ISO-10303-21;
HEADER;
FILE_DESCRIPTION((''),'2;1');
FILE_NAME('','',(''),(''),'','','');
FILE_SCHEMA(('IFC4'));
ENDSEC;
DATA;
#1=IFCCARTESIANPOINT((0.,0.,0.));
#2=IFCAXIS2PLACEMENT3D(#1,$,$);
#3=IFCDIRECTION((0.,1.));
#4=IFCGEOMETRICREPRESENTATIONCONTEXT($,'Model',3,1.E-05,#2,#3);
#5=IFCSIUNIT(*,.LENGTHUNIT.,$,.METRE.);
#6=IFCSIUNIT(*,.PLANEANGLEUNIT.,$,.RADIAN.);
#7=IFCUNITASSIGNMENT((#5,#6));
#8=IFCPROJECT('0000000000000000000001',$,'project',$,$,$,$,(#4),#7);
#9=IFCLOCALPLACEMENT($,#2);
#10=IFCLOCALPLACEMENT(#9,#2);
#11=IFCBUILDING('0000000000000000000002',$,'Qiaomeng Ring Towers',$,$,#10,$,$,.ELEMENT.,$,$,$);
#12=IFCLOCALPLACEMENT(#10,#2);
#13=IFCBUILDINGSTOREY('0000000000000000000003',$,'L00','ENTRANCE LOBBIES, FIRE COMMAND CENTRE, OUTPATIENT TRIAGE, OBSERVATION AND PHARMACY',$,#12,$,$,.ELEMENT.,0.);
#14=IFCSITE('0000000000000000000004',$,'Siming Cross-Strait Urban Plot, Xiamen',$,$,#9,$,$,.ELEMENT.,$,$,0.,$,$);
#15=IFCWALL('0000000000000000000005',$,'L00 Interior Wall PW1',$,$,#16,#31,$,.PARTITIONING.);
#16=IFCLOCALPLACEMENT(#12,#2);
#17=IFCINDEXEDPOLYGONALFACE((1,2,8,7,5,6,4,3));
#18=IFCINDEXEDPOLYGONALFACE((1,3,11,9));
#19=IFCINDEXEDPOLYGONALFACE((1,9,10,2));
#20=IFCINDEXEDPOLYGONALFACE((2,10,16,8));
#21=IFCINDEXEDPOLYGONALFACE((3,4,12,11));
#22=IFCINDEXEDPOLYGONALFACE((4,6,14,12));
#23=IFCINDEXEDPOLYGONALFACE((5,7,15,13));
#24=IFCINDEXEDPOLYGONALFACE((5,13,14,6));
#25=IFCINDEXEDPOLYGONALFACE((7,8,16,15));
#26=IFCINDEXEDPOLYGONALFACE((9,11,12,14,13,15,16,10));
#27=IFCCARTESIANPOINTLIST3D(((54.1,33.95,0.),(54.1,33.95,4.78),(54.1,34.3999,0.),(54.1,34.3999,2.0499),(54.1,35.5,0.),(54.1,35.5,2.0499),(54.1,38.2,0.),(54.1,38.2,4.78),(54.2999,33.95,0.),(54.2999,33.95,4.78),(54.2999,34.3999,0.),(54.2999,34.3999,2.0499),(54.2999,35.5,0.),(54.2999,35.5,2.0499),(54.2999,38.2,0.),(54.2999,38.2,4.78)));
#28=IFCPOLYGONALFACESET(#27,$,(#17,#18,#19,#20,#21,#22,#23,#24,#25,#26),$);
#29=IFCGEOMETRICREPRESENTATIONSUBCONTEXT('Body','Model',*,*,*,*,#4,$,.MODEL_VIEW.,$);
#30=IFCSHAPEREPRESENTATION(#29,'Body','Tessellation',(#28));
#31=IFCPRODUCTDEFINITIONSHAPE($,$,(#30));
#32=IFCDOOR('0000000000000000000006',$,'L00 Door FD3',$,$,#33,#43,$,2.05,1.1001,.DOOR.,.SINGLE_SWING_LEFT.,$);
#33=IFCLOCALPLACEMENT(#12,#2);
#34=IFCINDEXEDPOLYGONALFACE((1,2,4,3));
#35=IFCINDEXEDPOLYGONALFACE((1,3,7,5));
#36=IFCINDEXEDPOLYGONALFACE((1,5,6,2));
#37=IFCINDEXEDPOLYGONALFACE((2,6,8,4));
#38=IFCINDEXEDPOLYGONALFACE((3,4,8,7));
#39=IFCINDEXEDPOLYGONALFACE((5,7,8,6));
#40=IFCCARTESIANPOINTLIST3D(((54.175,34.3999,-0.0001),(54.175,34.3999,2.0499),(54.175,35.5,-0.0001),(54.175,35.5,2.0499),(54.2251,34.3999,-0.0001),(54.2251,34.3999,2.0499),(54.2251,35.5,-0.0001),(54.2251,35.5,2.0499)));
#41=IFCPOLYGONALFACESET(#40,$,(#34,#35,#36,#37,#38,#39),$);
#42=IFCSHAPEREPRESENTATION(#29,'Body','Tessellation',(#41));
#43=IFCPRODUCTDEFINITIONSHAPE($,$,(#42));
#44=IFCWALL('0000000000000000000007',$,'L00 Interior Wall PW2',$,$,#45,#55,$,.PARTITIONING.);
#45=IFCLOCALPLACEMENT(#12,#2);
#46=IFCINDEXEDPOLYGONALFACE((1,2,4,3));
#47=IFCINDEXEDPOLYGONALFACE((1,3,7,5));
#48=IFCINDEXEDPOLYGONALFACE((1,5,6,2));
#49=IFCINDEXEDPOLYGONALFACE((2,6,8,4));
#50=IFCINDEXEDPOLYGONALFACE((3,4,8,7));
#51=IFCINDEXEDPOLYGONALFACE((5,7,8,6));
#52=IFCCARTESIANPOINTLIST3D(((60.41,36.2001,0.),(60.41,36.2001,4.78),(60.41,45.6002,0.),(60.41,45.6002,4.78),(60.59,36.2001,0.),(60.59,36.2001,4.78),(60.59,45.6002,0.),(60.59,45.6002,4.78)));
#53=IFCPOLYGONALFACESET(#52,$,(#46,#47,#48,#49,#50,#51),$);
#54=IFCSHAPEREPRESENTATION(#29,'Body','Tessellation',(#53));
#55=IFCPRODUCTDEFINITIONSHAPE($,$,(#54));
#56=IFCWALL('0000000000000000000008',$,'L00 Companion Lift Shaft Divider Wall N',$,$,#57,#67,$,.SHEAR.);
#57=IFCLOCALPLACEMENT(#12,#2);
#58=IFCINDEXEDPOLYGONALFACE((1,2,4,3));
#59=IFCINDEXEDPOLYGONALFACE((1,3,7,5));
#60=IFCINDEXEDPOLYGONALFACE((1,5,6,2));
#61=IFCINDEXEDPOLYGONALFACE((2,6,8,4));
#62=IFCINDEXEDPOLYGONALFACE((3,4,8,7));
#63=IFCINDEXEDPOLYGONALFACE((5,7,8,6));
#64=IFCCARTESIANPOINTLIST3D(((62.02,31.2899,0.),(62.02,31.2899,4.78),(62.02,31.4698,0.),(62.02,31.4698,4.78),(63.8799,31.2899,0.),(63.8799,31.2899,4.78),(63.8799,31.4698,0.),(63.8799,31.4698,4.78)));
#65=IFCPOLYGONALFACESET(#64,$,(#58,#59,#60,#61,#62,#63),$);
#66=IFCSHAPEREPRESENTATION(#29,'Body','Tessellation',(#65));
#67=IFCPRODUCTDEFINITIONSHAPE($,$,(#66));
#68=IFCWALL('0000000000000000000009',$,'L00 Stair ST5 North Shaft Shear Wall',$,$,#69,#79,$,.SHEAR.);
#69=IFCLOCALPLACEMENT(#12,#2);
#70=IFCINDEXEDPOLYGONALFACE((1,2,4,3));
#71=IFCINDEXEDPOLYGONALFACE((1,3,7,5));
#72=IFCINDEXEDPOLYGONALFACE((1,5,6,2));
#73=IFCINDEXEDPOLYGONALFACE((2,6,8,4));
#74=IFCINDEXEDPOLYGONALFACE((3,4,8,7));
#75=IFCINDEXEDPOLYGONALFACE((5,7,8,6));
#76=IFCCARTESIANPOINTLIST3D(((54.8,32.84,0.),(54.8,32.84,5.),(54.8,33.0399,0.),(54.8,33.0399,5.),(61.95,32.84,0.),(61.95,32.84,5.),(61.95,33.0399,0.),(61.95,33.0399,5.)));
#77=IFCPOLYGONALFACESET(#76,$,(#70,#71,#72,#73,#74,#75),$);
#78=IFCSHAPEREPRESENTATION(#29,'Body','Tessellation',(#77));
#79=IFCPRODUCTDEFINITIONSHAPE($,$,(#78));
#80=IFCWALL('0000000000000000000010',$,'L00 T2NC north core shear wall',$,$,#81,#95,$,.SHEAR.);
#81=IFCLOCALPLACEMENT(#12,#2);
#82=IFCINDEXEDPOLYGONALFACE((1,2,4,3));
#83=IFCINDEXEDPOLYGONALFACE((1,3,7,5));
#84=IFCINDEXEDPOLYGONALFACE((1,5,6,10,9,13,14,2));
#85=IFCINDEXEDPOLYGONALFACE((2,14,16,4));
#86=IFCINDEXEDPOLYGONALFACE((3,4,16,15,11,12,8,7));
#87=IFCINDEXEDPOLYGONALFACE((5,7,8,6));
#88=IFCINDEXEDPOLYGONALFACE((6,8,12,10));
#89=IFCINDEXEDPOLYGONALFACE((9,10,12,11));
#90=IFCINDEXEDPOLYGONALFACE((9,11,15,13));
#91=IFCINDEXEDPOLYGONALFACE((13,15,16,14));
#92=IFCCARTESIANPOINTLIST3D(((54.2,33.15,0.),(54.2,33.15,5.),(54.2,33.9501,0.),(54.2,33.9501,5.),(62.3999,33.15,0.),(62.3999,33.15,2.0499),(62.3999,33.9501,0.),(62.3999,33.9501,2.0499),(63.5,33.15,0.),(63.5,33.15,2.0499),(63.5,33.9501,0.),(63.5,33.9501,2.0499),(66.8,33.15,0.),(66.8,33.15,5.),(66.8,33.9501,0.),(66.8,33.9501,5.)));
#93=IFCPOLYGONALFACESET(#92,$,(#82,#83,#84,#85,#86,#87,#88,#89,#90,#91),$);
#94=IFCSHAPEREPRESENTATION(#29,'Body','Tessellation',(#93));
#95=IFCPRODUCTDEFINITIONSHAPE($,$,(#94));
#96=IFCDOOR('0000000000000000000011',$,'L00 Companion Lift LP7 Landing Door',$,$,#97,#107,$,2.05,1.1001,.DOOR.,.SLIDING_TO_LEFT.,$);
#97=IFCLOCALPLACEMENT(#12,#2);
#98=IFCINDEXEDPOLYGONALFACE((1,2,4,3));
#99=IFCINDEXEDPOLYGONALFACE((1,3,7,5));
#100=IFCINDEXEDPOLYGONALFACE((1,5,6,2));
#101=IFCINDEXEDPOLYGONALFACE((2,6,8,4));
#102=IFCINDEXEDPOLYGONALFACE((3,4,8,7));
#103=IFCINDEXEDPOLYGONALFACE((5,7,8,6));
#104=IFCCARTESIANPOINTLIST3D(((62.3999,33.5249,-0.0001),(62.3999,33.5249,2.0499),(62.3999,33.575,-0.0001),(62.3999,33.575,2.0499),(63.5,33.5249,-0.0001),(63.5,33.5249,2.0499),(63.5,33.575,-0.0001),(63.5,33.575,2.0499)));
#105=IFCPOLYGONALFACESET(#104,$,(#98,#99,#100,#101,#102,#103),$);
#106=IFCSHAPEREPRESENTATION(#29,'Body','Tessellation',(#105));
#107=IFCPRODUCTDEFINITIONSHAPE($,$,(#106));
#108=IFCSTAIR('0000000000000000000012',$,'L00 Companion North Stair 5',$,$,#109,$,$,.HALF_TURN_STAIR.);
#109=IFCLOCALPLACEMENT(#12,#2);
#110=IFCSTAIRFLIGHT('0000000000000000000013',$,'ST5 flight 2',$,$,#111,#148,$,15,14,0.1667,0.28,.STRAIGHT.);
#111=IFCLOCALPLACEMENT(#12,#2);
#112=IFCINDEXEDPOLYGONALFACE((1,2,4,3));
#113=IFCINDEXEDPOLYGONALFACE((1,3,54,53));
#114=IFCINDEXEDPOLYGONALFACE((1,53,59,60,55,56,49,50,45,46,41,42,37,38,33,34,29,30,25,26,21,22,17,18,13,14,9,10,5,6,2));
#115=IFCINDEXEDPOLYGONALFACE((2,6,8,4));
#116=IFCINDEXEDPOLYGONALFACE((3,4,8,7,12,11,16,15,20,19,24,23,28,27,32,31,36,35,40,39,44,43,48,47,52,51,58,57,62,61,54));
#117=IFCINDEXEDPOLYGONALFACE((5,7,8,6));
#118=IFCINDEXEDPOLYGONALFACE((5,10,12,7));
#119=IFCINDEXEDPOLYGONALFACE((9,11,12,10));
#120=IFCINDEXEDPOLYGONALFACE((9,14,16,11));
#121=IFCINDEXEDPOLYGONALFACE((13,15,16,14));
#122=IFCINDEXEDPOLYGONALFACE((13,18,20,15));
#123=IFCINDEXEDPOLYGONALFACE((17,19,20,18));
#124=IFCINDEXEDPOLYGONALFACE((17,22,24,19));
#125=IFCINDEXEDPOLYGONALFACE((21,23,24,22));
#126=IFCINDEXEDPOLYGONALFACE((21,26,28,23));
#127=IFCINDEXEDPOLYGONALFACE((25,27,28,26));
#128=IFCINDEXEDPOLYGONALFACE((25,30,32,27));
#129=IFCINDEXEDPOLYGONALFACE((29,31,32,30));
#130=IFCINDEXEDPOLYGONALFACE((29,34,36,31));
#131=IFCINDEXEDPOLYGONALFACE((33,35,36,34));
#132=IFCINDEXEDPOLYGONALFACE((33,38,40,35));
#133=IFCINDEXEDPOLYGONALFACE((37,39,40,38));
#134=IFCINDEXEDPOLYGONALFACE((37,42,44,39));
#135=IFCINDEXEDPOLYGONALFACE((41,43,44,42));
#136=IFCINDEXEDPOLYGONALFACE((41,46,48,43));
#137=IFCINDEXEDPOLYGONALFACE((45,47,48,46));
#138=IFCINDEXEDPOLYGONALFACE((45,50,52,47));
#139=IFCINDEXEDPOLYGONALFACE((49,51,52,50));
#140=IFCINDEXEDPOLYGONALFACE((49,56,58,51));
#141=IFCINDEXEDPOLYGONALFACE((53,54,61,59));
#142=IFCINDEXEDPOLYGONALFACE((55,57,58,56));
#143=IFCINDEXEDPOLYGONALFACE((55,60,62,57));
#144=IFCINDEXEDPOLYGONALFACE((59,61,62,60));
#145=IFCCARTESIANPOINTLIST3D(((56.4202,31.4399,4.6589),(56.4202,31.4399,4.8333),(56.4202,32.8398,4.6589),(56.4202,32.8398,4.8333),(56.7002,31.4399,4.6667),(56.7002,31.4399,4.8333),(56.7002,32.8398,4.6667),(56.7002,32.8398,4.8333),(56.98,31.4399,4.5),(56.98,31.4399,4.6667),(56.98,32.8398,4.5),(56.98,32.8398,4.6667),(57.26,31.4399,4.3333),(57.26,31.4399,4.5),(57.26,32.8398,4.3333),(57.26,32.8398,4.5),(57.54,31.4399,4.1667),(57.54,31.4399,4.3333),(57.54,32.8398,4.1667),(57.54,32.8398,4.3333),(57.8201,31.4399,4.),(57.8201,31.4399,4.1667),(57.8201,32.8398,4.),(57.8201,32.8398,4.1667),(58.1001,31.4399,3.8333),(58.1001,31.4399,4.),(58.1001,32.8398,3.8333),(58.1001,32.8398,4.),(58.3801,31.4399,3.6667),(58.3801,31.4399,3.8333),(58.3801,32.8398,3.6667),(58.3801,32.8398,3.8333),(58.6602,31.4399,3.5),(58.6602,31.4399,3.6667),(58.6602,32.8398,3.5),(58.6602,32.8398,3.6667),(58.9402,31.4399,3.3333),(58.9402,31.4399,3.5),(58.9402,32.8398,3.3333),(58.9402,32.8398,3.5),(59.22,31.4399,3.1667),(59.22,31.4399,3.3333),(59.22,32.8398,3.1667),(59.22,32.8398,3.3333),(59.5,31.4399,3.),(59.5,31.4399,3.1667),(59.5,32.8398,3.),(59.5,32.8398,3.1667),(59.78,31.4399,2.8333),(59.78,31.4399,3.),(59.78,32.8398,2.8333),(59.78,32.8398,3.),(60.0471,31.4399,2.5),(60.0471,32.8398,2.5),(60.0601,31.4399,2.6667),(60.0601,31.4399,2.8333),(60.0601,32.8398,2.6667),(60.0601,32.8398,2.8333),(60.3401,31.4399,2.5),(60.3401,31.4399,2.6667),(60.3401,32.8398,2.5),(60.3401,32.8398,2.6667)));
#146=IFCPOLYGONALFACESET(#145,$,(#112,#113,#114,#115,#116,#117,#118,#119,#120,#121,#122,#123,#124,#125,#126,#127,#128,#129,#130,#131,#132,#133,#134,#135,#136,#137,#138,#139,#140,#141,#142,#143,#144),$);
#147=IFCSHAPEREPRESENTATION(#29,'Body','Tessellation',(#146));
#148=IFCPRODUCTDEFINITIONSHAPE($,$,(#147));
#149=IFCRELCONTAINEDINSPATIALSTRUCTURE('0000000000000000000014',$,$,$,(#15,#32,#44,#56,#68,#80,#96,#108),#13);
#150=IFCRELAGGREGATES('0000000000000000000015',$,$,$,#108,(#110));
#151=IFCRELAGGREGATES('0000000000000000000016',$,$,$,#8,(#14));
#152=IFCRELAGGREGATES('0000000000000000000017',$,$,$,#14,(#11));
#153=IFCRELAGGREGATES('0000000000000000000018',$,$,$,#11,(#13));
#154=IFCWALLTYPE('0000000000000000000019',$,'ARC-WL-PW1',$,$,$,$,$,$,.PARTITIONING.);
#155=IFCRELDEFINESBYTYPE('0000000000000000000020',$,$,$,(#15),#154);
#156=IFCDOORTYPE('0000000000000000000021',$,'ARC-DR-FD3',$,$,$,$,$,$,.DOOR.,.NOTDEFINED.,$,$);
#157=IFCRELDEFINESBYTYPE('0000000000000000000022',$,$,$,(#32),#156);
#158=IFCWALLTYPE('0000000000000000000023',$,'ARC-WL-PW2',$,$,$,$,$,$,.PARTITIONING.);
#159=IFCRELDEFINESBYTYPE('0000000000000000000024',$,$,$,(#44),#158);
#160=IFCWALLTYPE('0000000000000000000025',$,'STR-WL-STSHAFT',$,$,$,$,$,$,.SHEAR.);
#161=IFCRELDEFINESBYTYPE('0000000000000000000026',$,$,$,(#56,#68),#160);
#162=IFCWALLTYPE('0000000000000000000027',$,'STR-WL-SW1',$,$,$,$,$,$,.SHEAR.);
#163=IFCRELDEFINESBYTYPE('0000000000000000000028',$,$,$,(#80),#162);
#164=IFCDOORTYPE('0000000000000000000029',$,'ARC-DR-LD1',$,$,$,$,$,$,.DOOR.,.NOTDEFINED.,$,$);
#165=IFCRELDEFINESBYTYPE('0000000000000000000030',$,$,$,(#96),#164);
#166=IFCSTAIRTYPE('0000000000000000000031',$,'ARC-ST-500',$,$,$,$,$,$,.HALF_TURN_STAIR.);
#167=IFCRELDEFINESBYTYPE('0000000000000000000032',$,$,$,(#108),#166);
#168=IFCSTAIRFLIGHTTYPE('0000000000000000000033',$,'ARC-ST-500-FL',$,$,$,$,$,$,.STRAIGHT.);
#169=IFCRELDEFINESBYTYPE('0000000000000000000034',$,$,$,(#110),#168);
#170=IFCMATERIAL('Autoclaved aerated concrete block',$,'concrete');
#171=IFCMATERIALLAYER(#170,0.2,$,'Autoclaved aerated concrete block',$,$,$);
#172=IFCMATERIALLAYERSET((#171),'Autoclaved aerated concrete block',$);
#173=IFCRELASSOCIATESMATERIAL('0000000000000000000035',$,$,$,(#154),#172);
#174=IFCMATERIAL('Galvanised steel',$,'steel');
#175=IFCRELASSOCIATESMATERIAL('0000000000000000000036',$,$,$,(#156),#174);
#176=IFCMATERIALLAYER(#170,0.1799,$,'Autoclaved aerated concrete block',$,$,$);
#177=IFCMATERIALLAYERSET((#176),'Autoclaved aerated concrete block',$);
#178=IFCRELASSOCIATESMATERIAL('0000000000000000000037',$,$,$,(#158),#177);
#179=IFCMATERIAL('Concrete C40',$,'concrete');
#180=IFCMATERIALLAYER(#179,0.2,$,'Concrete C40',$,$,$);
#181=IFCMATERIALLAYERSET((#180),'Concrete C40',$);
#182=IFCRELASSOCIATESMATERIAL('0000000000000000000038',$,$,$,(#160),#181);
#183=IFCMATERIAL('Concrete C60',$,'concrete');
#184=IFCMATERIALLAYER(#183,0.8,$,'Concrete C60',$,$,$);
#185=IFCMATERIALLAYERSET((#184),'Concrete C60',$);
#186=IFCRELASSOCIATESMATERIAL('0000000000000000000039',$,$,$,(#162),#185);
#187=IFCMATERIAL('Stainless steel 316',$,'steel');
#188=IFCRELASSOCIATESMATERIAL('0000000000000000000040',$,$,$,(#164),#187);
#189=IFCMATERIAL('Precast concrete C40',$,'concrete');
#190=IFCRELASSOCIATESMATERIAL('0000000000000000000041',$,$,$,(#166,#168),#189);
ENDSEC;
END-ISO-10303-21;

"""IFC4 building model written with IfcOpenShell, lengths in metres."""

from ifc_helpers import new_model, si_unit, direction, frame, frame_2d, origin, place, context, subcontext, project, spatial, polyline, rectangle, outline, extrude, source, transform, mapped, material, layer, layer_set, type_object, element, fill, aggregate, save


model = new_model("IFC4")

# Units and contexts
model_context = context("Model", 3, precision=1e-05, world=origin(), true_north=direction((0.0, 1.0)))
body_context = subcontext(model_context, "Body", "Model", "MODEL_VIEW")
ifc_project = project(units=[si_unit("LENGTHUNIT", "METRE"), si_unit("PLANEANGLEUNIT", "RADIAN")], contexts=[model_context])

# Site, building, storey
site_placement = place(None, origin())
site = spatial("IfcSite", under=ifc_project, at=site_placement, Name="Siming Cross-Strait Urban Plot, Xiamen", CompositionType="ELEMENT", RefElevation=0.0)
building_placement = place(site_placement, origin())
building = spatial("IfcBuilding", under=site, at=building_placement, Name="Qiaomeng Ring Towers", CompositionType="ELEMENT")
storey_placement = place(building_placement, origin())
storey = spatial("IfcBuildingStorey", under=building, at=storey_placement, Name="L00", Description="ENTRANCE LOBBIES, FIRE COMMAND CENTRE, OUTPATIENT TRIAGE, OBSERVATION AND PHARMACY", CompositionType="ELEMENT", Elevation=0.0)

# Shared definitions
ifc_material_1 = material(Name="Concrete C60", Category="concrete")

# Shared definitions
ifc_material_2 = material(Name="Precast concrete C40", Category="concrete")

# Wall, opening, door
ifc_material_3 = material(Name="Autoclaved aerated concrete block", Category="concrete")
ifc_layer_1 = layer(ifc_material_3, 0.2, Name="Autoclaved aerated concrete block")
ifc_layer_set_1 = layer_set([ifc_layer_1], Name="Autoclaved aerated concrete block")
wall_type_1 = type_object("IfcWallType", Name="ARC-WL-PW1", PredefinedType="PARTITIONING", material=ifc_layer_set_1)
wall_1_placement = place(storey_placement, frame((54.2, 33.95, 0.0), z_axis=(0.0, 0.0, 1.0), x_axis=(0.0, 1.0, 0.0)))
wall_1 = element("IfcWall", 1, at=wall_1_placement, inside=storey, type_object=wall_type_1, Name="L00 Interior Wall PW1", PredefinedType="PARTITIONING", context=body_context, shape_type="SweptSolid", body=[
    extrude(rectangle(XDim=4.25, YDim=0.2, at=frame_2d((2.125, 0.0))), origin(), (0.0, 0.0, 1.0), 4.78),
])
opening_1_placement = place(wall_1_placement, frame((0.45, 0.0, 0.0)))
opening_1 = element("IfcOpeningElement", 2, at=opening_1_placement, cuts=wall_1, PredefinedType="OPENING", context=body_context, shape_type="SweptSolid", body=[
    extrude(rectangle(XDim=1.1001, YDim=2.05, at=frame_2d((0.55, 1.0249))), frame((0.0, 0.1099, 0.0), z_axis=(0.0, -1.0, 0.0), x_axis=(1.0, 0.0, 0.0)), (0.0, 0.0, 1.0), 0.22),
])
ifc_material_4 = material(Name="Galvanised steel", Category="steel")
door_type_1 = type_object("IfcDoorType", Name="ARC-DR-FD3", OperationType="NOTDEFINED", PredefinedType="DOOR", material=ifc_material_4)
shared_shape_1 = source(origin(), body_context, "Body", "SweptSolid", [
    extrude(rectangle(XDim=1.1001, YDim=2.05, at=frame_2d((0.55, 1.0249))), frame((0.0, 0.0249, 0.0), z_axis=(0.0, -1.0, 0.0), x_axis=(1.0, 0.0, 0.0)), (0.0, 0.0, 1.0), 0.05),
])
door_1_placement = place(opening_1_placement, origin())
door_1 = element("IfcDoor", 3, at=door_1_placement, inside=storey, type_object=door_type_1, Name="L00 Door FD3", OperationType="SINGLE_SWING_LEFT", OverallHeight=2.05, OverallWidth=1.1001, PredefinedType="DOOR", context=body_context, shape_type="MappedRepresentation", body=[
    mapped(shared_shape_1, transform((0.0, 0.0, 0.0), x_axis=(1.0, 0.0, 0.0), y_axis=(0.0, 1.0, 0.0), z_axis=(0.0, 0.0, 1.0), scale=1.0)),
])
fill(opening_1, door_1)

# Walls
ifc_layer_2 = layer(ifc_material_3, 0.1799, Name="Autoclaved aerated concrete block")
ifc_layer_set_2 = layer_set([ifc_layer_2], Name="Autoclaved aerated concrete block")
wall_type_2 = type_object("IfcWallType", Name="ARC-WL-PW2", PredefinedType="PARTITIONING", material=ifc_layer_set_2)
wall_2_placement = place(storey_placement, frame((60.5, 36.2, 0.0), z_axis=(0.0, 0.0, 1.0), x_axis=(0.0, 1.0, 0.0)))
element("IfcWall", 4, at=wall_2_placement, inside=storey, type_object=wall_type_2, Name="L00 Interior Wall PW2", PredefinedType="PARTITIONING", context=body_context, shape_type="SweptSolid", body=[
    extrude(rectangle(XDim=9.4001, YDim=0.1799, at=frame_2d((4.7002, 0.0))), origin(), (0.0, 0.0, 1.0), 4.78),
])
ifc_material_5 = material(Name="Concrete C40", Category="concrete")
ifc_layer_3 = layer(ifc_material_5, 0.2, Name="Concrete C40")
ifc_layer_set_3 = layer_set([ifc_layer_3], Name="Concrete C40")
wall_type_3 = type_object("IfcWallType", Name="STR-WL-STSHAFT", PredefinedType="SHEAR", material=ifc_layer_set_3)
wall_3_placement = place(storey_placement, frame((62.02, 31.3799, 0.0), z_axis=(0.0, 0.0, 1.0), x_axis=(1.0, 0.0, 0.0)))
element("IfcWall", 5, at=wall_3_placement, inside=storey, type_object=wall_type_3, Name="L00 Companion Lift Shaft Divider Wall N", PredefinedType="SHEAR", context=body_context, shape_type="SweptSolid", body=[
    extrude(rectangle(XDim=1.8599, YDim=0.1799, at=frame_2d((0.9299, 0.0))), origin(), (0.0, 0.0, 1.0), 4.78),
])
wall_4_placement = place(storey_placement, frame((54.8, 32.9399, 0.0), z_axis=(0.0, 0.0, 1.0), x_axis=(1.0, 0.0, 0.0)))
element("IfcWall", 6, at=wall_4_placement, inside=storey, type_object=wall_type_3, Name="L00 Stair ST5 North Shaft Shear Wall", PredefinedType="SHEAR", context=body_context, shape_type="SweptSolid", body=[
    extrude(rectangle(XDim=7.1499, YDim=0.2, at=frame_2d((3.575, 0.0))), origin(), (0.0, 0.0, 1.0), 5.0),
])

# Wall, opening, door
ifc_layer_4 = layer(ifc_material_1, 0.8, Name="Concrete C60")
ifc_layer_set_4 = layer_set([ifc_layer_4], Name="Concrete C60")
wall_type_4 = type_object("IfcWallType", Name="STR-WL-SW1", PredefinedType="SHEAR", material=ifc_layer_set_4)
wall_5_placement = place(storey_placement, frame((54.2, 33.55, 0.0), z_axis=(0.0, 0.0, 1.0), x_axis=(1.0, 0.0, 0.0)))
wall_5 = element("IfcWall", 7, at=wall_5_placement, inside=storey, type_object=wall_type_4, Name="L00 T2NC north core shear wall", PredefinedType="SHEAR", context=body_context, shape_type="SweptSolid", body=[
    extrude(rectangle(XDim=12.6001, YDim=0.8, at=frame_2d((6.3, 0.0))), origin(), (0.0, 0.0, 1.0), 5.0),
])
opening_2_placement = place(wall_5_placement, frame((8.2, 0.0, 0.0)))
opening_2 = element("IfcOpeningElement", 8, at=opening_2_placement, cuts=wall_5, PredefinedType="OPENING", context=body_context, shape_type="SweptSolid", body=[
    extrude(rectangle(XDim=1.1001, YDim=2.05, at=frame_2d((0.55, 1.0249))), frame((0.0, 0.4099, 0.0), z_axis=(0.0, -1.0, 0.0), x_axis=(1.0, 0.0, 0.0)), (0.0, 0.0, 1.0), 0.8201),
])
ifc_material_6 = material(Name="Stainless steel 316", Category="steel")
door_type_2 = type_object("IfcDoorType", Name="ARC-DR-LD1", OperationType="NOTDEFINED", PredefinedType="DOOR", material=ifc_material_6)
door_2_placement = place(opening_2_placement, origin())
door_2 = element("IfcDoor", 9, at=door_2_placement, inside=storey, type_object=door_type_2, Name="L00 Companion Lift LP7 Landing Door", OperationType="SLIDING_TO_LEFT", OverallHeight=2.05, OverallWidth=1.1001, PredefinedType="DOOR", context=body_context, shape_type="MappedRepresentation", body=[
    mapped(shared_shape_1, transform((0.0, 0.0, 0.0), x_axis=(1.0, 0.0, 0.0), y_axis=(0.0, 1.0, 0.0), z_axis=(0.0, 0.0, 1.0), scale=1.0)),
])
fill(opening_2, door_2)

# Stair, stair flight
stair_type = type_object("IfcStairType", Name="ARC-ST-500", PredefinedType="HALF_TURN_STAIR", material=ifc_material_2)
stair_placement = place(storey_placement, origin())
stair = element("IfcStair", 10, at=stair_placement, inside=storey, type_object=stair_type, Name="L00 Companion North Stair 5", PredefinedType="HALF_TURN_STAIR")
stair_flight_type = type_object("IfcStairFlightType", Name="ARC-ST-500-FL", PredefinedType="STRAIGHT", material=ifc_material_2)
shared_shape_2 = source(origin(), body_context, "Body", "SweptSolid", [
    extrude(outline(polyline([(0.0, 0.0), (0.0, 0.1667), (0.28, 0.1667), (0.28, 0.3333), (0.5601, 0.3333), (0.5601, 0.5), (0.8401, 0.5), (0.8401, 0.6667), (1.1201, 0.6667), (1.1201, 0.8333), (1.3999, 0.8333), (1.3999, 1.0), (1.6799, 1.0), (1.6799, 1.1667), (1.96, 1.1667), (1.96, 1.3333), (2.24, 1.3333), (2.24, 1.5), (2.52, 1.5), (2.52, 1.6667), (2.8, 1.6667), (2.8, 1.8333), (3.0801, 1.8333), (3.0801, 2.0), (3.3601, 2.0), (3.3601, 2.1667), (3.6399, 2.1667), (3.6399, 2.3333), (3.9199, 2.3333), (3.9199, 2.5), (3.9199, 2.1589), (0.293, 0.0), (0.0, 0.0)])), frame((0.0, 0.7, 0.0), z_axis=(0.0, -1.0, 0.0), x_axis=(1.0, 0.0, 0.0)), (0.0, 0.0, 1.0), 1.3999),
])
stair_flight_placement = place(storey_placement, frame((60.3401, 32.1399, 2.5), z_axis=(0.0, 0.0, 1.0), x_axis=(-1.0, 0.0, 0.0)))
stair_flight = element("IfcStairFlight", 11, at=stair_flight_placement, type_object=stair_flight_type, Name="ST5 flight 2", NumberOfRisers=15, NumberOfTreads=14, PredefinedType="STRAIGHT", RiserHeight=0.1667, TreadLength=0.28, context=body_context, shape_type="MappedRepresentation", body=[
    mapped(shared_shape_2, transform((0.0, 0.0, 0.0), x_axis=(1.0, 0.0, 0.0), y_axis=(0.0, 1.0, 0.0), z_axis=(0.0, 0.0, 1.0), scale=1.0)),
])
aggregate(stair, [stair_flight])

save(model, "model.ifc")
